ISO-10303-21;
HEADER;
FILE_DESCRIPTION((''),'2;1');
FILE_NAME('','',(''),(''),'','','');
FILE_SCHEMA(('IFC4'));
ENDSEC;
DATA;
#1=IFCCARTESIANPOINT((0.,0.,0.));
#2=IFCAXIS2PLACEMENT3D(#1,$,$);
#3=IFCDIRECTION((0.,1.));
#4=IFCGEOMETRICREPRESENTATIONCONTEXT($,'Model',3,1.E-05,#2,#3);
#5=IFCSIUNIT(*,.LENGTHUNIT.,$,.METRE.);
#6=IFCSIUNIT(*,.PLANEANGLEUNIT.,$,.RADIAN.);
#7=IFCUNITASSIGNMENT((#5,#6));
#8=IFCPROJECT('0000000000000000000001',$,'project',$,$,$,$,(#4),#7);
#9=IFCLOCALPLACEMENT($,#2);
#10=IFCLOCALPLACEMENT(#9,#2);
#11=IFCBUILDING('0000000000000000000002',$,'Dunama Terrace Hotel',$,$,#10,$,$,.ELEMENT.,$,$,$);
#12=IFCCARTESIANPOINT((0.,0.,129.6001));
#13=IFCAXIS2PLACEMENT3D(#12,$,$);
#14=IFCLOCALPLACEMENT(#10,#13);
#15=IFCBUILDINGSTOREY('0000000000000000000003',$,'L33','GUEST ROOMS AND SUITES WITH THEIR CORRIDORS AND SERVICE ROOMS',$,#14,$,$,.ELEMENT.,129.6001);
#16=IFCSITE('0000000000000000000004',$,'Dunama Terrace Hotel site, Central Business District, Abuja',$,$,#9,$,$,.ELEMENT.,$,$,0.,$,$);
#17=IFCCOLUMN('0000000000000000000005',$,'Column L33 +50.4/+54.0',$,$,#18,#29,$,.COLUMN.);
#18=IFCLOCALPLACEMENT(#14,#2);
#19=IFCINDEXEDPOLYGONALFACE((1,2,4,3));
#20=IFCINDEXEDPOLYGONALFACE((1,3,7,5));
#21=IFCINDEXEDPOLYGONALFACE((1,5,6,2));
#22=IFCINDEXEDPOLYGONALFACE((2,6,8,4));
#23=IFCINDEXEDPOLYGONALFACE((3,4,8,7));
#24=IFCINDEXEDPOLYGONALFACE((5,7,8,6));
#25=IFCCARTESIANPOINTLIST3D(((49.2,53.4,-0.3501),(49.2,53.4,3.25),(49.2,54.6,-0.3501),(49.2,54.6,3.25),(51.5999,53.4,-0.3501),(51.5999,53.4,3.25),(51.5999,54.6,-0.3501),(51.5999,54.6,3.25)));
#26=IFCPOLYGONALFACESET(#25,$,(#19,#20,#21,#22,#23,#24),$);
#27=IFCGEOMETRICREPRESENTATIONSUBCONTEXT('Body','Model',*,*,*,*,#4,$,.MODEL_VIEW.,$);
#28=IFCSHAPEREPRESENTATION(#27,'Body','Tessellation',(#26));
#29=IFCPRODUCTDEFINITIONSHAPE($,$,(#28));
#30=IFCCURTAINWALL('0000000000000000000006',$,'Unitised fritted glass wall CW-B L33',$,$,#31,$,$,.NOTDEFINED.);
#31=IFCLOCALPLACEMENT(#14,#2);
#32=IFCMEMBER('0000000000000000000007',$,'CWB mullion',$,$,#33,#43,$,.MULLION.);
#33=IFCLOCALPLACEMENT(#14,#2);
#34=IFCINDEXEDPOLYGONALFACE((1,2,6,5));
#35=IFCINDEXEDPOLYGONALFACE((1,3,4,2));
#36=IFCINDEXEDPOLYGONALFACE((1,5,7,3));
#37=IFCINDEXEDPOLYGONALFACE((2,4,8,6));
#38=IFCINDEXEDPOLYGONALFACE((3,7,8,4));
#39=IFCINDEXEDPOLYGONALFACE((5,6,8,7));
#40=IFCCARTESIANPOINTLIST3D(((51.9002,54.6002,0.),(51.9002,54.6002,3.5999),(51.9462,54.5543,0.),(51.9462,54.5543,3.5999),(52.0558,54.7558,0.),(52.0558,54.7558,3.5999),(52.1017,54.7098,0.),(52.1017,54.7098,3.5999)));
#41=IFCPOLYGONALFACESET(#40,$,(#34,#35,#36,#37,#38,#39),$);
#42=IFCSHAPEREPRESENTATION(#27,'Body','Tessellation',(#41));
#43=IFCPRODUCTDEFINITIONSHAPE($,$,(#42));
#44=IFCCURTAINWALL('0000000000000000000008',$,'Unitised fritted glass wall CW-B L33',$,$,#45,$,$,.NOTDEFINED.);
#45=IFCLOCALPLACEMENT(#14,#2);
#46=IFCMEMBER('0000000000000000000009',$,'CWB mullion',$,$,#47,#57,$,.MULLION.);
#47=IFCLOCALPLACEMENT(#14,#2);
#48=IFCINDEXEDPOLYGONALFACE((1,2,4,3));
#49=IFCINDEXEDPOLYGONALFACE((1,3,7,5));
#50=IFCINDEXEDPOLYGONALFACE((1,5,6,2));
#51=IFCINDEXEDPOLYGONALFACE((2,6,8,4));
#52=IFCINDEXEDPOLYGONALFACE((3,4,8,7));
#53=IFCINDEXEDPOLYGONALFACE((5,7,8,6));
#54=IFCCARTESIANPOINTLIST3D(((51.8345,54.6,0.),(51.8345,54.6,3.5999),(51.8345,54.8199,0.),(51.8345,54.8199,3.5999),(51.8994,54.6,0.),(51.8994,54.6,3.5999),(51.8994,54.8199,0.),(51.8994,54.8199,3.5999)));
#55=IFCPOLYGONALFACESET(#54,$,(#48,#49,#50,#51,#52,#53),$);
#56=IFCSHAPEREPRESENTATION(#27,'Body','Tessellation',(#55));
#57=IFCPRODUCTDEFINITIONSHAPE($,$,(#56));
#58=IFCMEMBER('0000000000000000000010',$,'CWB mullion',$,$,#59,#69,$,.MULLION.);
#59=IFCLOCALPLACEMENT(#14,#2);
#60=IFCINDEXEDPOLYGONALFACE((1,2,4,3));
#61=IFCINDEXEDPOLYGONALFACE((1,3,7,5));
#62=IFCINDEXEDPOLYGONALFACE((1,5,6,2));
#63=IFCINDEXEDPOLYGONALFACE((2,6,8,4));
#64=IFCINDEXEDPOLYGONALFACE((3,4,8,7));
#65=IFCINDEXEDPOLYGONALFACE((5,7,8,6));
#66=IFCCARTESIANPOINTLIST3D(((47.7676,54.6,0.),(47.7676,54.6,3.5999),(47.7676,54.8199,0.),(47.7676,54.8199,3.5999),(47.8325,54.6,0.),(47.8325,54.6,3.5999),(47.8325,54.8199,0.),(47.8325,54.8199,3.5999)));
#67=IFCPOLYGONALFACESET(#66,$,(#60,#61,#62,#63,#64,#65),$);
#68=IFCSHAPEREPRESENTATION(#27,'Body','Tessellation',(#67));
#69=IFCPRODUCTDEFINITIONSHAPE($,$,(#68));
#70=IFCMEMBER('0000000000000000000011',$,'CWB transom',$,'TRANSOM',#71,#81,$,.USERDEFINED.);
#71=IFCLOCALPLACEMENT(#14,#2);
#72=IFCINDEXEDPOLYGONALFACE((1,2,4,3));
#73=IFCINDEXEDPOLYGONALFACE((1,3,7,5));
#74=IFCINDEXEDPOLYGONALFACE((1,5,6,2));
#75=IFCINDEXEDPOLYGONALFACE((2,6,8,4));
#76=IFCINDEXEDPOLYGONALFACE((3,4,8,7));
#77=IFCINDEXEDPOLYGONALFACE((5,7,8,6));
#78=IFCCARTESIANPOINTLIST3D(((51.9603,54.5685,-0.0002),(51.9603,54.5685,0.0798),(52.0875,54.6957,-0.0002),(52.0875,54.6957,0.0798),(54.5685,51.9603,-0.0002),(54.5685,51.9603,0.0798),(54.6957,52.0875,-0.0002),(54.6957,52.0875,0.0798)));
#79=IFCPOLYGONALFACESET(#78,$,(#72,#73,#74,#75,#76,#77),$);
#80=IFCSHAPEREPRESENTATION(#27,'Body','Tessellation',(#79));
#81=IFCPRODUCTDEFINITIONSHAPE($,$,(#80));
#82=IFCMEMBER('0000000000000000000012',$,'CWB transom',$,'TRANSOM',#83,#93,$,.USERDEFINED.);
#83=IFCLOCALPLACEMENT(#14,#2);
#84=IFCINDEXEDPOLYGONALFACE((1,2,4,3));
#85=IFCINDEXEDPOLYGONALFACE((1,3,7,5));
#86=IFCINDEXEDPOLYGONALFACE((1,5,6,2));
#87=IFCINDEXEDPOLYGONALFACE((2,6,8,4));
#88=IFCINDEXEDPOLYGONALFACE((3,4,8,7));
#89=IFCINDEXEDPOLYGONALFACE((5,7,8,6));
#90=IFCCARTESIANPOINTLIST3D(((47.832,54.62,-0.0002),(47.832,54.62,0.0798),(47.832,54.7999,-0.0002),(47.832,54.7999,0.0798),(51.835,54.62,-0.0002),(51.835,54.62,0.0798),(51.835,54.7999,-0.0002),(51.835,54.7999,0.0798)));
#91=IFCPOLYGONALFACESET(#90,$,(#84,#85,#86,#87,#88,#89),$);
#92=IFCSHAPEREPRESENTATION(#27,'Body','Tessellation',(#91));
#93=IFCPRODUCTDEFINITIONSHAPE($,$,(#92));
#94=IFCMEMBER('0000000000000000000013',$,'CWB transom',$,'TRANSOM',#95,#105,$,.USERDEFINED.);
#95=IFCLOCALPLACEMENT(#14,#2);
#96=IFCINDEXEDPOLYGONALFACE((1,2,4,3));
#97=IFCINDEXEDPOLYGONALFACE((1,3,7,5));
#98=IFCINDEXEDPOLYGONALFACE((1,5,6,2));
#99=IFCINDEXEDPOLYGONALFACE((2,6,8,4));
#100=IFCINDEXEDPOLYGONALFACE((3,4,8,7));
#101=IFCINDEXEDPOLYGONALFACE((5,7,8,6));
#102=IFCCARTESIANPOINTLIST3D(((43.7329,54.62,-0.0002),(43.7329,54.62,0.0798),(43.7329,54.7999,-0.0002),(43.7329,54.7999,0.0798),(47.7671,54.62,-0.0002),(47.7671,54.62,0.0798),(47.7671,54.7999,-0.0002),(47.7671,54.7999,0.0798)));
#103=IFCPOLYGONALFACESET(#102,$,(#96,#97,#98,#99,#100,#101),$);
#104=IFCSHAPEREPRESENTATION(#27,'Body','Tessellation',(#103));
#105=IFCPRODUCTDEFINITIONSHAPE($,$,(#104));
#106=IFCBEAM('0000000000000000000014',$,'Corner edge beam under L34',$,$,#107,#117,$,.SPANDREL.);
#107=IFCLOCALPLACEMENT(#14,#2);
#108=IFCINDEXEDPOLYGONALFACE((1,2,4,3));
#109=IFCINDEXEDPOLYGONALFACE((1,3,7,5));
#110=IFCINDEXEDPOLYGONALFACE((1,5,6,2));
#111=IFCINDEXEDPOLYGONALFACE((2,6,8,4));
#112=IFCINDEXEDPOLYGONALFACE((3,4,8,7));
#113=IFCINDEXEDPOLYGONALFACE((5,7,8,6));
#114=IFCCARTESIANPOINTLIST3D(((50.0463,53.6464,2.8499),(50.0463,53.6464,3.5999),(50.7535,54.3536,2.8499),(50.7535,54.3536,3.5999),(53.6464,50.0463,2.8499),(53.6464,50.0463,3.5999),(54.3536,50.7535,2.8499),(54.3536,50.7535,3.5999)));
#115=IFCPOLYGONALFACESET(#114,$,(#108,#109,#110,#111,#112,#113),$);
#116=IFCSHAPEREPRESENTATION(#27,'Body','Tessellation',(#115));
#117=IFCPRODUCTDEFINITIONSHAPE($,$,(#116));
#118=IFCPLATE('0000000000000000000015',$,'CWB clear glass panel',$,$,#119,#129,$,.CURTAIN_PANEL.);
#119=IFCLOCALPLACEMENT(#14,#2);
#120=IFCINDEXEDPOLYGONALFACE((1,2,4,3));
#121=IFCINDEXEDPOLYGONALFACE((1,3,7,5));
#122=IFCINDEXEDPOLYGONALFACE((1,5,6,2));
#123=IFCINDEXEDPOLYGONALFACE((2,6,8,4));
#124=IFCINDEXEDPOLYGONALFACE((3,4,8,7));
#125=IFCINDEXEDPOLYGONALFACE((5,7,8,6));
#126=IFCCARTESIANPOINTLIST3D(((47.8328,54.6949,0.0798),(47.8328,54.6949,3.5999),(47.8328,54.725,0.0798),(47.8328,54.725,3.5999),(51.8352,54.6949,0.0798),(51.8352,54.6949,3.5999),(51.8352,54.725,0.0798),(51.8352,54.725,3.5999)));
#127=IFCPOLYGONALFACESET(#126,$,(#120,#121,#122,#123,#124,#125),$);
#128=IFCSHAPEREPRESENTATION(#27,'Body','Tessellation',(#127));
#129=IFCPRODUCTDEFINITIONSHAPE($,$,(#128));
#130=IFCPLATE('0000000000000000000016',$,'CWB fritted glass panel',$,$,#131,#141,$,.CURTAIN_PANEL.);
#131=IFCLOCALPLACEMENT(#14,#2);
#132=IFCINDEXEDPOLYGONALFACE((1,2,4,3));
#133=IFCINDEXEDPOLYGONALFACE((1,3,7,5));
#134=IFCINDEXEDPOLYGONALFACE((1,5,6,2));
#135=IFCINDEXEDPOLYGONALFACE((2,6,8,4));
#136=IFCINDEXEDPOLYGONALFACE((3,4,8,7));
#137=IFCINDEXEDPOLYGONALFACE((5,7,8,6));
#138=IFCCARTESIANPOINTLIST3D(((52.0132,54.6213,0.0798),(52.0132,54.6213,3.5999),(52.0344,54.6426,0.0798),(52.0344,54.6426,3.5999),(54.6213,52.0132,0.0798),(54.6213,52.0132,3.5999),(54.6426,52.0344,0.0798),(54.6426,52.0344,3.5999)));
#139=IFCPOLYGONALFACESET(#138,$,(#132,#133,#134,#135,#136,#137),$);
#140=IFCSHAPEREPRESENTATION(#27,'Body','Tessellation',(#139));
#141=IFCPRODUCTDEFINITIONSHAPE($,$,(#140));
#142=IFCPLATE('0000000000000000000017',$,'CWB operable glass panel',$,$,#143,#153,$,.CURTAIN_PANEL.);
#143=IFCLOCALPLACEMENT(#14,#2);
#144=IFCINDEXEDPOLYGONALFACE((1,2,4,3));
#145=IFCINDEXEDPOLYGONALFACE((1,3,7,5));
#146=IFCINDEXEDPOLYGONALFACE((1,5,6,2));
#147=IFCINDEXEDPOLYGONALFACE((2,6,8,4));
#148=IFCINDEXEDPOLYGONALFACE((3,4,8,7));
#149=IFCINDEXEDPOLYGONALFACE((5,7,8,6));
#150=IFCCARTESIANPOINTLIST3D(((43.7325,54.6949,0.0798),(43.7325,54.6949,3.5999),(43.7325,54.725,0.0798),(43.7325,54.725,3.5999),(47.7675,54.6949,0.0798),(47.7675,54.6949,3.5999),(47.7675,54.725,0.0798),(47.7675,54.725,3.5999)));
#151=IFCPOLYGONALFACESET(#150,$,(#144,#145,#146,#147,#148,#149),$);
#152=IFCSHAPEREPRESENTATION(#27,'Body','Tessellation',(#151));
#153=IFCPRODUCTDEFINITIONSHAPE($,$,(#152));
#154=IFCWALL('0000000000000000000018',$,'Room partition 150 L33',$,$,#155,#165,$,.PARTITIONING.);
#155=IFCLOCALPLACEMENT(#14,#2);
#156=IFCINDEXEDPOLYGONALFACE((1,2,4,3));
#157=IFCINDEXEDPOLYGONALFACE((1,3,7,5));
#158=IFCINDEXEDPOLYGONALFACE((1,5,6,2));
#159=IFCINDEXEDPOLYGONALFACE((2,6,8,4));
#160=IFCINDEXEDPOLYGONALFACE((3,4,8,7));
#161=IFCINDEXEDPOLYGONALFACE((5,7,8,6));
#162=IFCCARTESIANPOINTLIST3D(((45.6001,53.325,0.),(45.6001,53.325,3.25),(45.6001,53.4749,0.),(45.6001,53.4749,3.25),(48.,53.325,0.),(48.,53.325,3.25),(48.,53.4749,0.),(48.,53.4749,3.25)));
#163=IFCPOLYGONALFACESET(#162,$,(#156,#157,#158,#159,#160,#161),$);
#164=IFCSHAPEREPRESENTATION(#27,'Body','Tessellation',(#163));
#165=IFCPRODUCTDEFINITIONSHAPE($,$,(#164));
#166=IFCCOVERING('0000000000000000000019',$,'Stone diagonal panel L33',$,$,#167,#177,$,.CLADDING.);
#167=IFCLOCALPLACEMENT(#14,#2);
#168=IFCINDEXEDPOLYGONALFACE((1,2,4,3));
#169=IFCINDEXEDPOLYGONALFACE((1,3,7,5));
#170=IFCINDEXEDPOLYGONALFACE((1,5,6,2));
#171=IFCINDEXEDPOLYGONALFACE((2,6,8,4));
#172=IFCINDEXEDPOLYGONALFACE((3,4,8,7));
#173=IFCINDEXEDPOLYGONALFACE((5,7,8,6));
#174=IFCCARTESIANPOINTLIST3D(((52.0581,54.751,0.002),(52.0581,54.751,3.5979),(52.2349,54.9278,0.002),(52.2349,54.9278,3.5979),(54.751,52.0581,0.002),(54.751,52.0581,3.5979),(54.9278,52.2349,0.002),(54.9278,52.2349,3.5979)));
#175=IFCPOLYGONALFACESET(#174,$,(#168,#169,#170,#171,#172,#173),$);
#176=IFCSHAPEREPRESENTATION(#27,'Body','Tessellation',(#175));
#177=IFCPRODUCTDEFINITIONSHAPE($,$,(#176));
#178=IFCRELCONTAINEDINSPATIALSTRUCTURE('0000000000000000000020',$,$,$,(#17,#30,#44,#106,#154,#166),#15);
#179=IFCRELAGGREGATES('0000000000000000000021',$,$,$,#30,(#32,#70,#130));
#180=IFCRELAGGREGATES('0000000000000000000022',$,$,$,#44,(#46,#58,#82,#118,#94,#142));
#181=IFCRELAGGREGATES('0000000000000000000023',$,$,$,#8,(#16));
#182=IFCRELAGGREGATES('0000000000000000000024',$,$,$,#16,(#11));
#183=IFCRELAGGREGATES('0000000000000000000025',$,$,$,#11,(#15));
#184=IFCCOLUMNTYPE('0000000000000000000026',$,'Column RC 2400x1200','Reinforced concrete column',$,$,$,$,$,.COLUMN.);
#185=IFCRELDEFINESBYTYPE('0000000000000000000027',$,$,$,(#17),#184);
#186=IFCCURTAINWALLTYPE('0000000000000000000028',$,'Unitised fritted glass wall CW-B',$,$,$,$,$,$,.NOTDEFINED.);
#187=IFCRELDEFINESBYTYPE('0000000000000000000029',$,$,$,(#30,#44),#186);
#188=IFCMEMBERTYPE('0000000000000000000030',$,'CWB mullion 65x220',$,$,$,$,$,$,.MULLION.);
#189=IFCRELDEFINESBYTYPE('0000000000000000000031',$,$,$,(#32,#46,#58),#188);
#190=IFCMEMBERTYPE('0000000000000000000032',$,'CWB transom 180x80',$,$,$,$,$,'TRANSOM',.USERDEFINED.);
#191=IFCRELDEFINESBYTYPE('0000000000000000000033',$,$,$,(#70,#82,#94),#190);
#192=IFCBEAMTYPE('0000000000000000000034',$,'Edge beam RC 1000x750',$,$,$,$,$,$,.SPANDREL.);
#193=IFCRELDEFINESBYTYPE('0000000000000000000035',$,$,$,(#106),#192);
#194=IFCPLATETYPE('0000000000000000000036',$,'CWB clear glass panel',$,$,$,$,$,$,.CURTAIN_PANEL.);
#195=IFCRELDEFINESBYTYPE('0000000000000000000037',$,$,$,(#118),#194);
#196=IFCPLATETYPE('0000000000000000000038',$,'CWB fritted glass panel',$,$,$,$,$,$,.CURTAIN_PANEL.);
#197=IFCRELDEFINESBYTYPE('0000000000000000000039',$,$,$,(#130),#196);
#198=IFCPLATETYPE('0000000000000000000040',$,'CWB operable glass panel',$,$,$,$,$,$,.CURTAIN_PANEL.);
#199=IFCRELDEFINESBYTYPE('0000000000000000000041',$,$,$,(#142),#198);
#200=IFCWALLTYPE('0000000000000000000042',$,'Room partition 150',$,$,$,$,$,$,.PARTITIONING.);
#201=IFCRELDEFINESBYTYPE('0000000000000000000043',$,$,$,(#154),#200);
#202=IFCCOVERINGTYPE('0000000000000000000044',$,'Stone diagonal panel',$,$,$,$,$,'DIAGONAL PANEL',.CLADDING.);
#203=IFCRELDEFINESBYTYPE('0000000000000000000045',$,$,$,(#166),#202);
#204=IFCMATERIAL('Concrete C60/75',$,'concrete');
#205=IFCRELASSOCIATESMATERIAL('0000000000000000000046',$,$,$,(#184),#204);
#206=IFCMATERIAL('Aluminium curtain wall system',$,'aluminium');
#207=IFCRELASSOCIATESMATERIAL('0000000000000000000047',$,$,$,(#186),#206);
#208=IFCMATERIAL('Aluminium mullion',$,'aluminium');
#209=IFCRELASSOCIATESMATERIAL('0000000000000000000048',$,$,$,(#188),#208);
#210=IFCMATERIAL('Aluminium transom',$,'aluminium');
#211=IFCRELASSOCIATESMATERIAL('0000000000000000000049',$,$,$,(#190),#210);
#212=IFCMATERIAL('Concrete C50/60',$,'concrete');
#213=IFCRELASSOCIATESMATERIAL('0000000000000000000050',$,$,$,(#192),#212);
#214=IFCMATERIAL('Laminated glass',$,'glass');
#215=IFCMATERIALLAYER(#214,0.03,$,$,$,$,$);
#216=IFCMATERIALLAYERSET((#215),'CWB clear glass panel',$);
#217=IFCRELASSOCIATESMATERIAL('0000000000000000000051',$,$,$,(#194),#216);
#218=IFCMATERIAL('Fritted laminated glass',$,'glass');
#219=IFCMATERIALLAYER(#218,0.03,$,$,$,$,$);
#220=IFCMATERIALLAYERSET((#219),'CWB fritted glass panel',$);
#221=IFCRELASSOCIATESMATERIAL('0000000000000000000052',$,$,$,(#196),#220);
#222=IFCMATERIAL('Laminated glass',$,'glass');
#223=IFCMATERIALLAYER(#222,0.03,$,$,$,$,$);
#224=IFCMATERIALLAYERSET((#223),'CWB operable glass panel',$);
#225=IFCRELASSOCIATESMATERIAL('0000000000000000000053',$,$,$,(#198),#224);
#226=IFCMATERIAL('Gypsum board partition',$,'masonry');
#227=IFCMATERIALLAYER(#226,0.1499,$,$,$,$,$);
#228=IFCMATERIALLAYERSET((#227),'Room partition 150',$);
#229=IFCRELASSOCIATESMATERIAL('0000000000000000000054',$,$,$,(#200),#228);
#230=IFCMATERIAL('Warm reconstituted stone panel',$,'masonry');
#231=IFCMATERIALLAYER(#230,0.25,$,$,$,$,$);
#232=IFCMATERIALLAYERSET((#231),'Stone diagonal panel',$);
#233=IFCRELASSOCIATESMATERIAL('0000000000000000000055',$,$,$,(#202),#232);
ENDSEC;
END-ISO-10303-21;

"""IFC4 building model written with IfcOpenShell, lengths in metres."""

from ifc_helpers import new_model, si_unit, direction, frame, frame_2d, origin, origin_2d, place, context, subcontext, project, spatial, rectangle, extrude, material, layer, layer_set, material_profile, profile_set, type_object, element, aggregate, save


model = new_model("IFC4")

# Units and contexts
model_context = context("Model", 3, precision=1e-05, world=origin(), true_north=direction((0.0, 1.0)))
body_context = subcontext(model_context, "Body", "Model", "MODEL_VIEW")
ifc_project = project(units=[si_unit("LENGTHUNIT", "METRE"), si_unit("PLANEANGLEUNIT", "RADIAN")], contexts=[model_context])

# Site, building, storey
site_placement = place(None, origin())
site = spatial("IfcSite", under=ifc_project, at=site_placement, Name="Dunama Terrace Hotel site, Central Business District, Abuja", CompositionType="ELEMENT", RefElevation=0.0)
building_placement = place(site_placement, origin())
building = spatial("IfcBuilding", under=site, at=building_placement, Name="Dunama Terrace Hotel", CompositionType="ELEMENT")
storey_placement = place(building_placement, frame((0.0, 0.0, 129.6001)))
storey = spatial("IfcBuildingStorey", under=building, at=storey_placement, Name="L33", Description="GUEST ROOMS AND SUITES WITH THEIR CORRIDORS AND SERVICE ROOMS", CompositionType="ELEMENT", Elevation=129.6001)

# Column
ifc_material_1 = material(Name="Concrete C60/75", Category="concrete")
ifc_material_profile_1 = material_profile(ifc_material_1, rectangle(XDim=2.3999, YDim=1.2, at=origin_2d()), Name="RC 2400x1200")
ifc_profile_set_1 = profile_set([ifc_material_profile_1], Name="Concrete C60/75")
column_type = type_object("IfcColumnType", Name="Column RC 2400x1200", Description="Reinforced concrete column", PredefinedType="COLUMN", material=ifc_profile_set_1)
column_placement = place(storey_placement, frame((50.3999, 54.0, -0.3501), z_axis=(0.0, 0.0, 1.0), x_axis=(1.0, 0.0, 0.0)))
element("IfcColumn", 1, at=column_placement, inside=storey, type_object=column_type, Name="Column L33 +50.4/+54.0", PredefinedType="COLUMN", context=body_context, shape_type="SweptSolid", body=[
    extrude(rectangle(XDim=2.3999, YDim=1.2, at=origin_2d()), origin(), (0.0, 0.0, 1.0), 3.6001),
])

# Curtain wall, member
ifc_material_2 = material(Name="Aluminium curtain wall system", Category="aluminium")
curtain_wall_type = type_object("IfcCurtainWallType", Name="Unitised fritted glass wall CW-B", PredefinedType="NOTDEFINED", material=ifc_material_2)
curtain_wall_1_placement = place(storey_placement, origin())
curtain_wall_1 = element("IfcCurtainWall", 2, at=curtain_wall_1_placement, inside=storey, type_object=curtain_wall_type, Name="Unitised fritted glass wall CW-B L33", PredefinedType="NOTDEFINED")
ifc_material_3 = material(Name="Aluminium mullion", Category="aluminium")
ifc_material_profile_2 = material_profile(ifc_material_3, rectangle(XDim=0.0649, YDim=0.22, at=origin_2d()), Name="CWB MULLION 65X220")
ifc_profile_set_2 = profile_set([ifc_material_profile_2], Name="Aluminium mullion")
member_type_1 = type_object("IfcMemberType", Name="CWB mullion 65x220", PredefinedType="MULLION", material=ifc_profile_set_2)
member_1_placement = place(storey_placement, frame((52.001, 54.655, 0.0), z_axis=(0.0, 0.0, 1.0), x_axis=(-0.707107, 0.707107, 0.0)))
member_1 = element("IfcMember", 3, at=member_1_placement, type_object=member_type_1, Name="CWB mullion", PredefinedType="MULLION", context=body_context, shape_type="SweptSolid", body=[
    extrude(rectangle(XDim=0.0649, YDim=0.22, at=origin_2d()), origin(), (0.0, 0.0, 1.0), 3.5999),
])

# Curtain wall, members
curtain_wall_2_placement = place(storey_placement, origin())
curtain_wall_2 = element("IfcCurtainWall", 4, at=curtain_wall_2_placement, inside=storey, type_object=curtain_wall_type, Name="Unitised fritted glass wall CW-B L33", PredefinedType="NOTDEFINED")
member_2_placement = place(storey_placement, frame((51.8669, 54.71, 0.0), z_axis=(0.0, 0.0, 1.0), x_axis=(-1.0, 0.0, 0.0)))
member_2 = element("IfcMember", 5, at=member_2_placement, type_object=member_type_1, Name="CWB mullion", PredefinedType="MULLION", context=body_context, shape_type="SweptSolid", body=[
    extrude(rectangle(XDim=0.0649, YDim=0.22, at=origin_2d()), origin(), (0.0, 0.0, 1.0), 3.5999),
])
member_3_placement = place(storey_placement, frame((47.8, 54.71, 0.0), z_axis=(0.0, 0.0, 1.0), x_axis=(-1.0, 0.0, 0.0)))
member_3 = element("IfcMember", 6, at=member_3_placement, type_object=member_type_1, Name="CWB mullion", PredefinedType="MULLION", context=body_context, shape_type="SweptSolid", body=[
    extrude(rectangle(XDim=0.0649, YDim=0.22, at=origin_2d()), origin(), (0.0, 0.0, 1.0), 3.5999),
])

# Members
ifc_material_4 = material(Name="Aluminium transom", Category="aluminium")
ifc_material_profile_3 = material_profile(ifc_material_4, rectangle(XDim=0.1799, YDim=0.0801, at=origin_2d()), Name="CWB TRANSOM 180X80")
ifc_profile_set_3 = profile_set([ifc_material_profile_3], Name="Aluminium transom")
member_type_2 = type_object("IfcMemberType", Name="CWB transom 180x80", ElementType="TRANSOM", PredefinedType="USERDEFINED", material=ifc_profile_set_3)
member_4_placement = place(storey_placement, frame((54.6321, 52.0239, 0.0398), z_axis=(-0.707107, 0.707107, 0.0), x_axis=(-0.707107, -0.707107, 0.0)))
member_4 = element("IfcMember", 7, at=member_4_placement, type_object=member_type_2, Name="CWB transom", ObjectType="TRANSOM", PredefinedType="USERDEFINED", context=body_context, shape_type="SweptSolid", body=[
    extrude(rectangle(XDim=0.1799, YDim=0.0801, at=origin_2d()), origin(), (0.0, 0.0, 1.0), 3.6885),
])
member_5_placement = place(storey_placement, frame((51.835, 54.71, 0.0398), z_axis=(-1.0, 0.0, 0.0), x_axis=(0.0, -1.0, 0.0)))
member_5 = element("IfcMember", 8, at=member_5_placement, type_object=member_type_2, Name="CWB transom", ObjectType="TRANSOM", PredefinedType="USERDEFINED", context=body_context, shape_type="SweptSolid", body=[
    extrude(rectangle(XDim=0.1799, YDim=0.0801, at=origin_2d()), origin(), (0.0, 0.0, 1.0), 4.0029),
])
member_6_placement = place(storey_placement, frame((47.7671, 54.71, 0.0398), z_axis=(-1.0, 0.0, 0.0), x_axis=(0.0, -1.0, 0.0)))
member_6 = element("IfcMember", 9, at=member_6_placement, type_object=member_type_2, Name="CWB transom", ObjectType="TRANSOM", PredefinedType="USERDEFINED", context=body_context, shape_type="SweptSolid", body=[
    extrude(rectangle(XDim=0.1799, YDim=0.0801, at=origin_2d()), origin(), (0.0, 0.0, 1.0), 4.0342),
])

# Beam
ifc_material_5 = material(Name="Concrete C50/60", Category="concrete")
ifc_material_profile_4 = material_profile(ifc_material_5, rectangle(XDim=1.0, YDim=0.75, at=origin_2d()), Name="RC 1000x750")
ifc_profile_set_4 = profile_set([ifc_material_profile_4], Name="Concrete C50/60")
beam_type = type_object("IfcBeamType", Name="Edge beam RC 1000x750", PredefinedType="SPANDREL", material=ifc_profile_set_4)
beam_placement = place(storey_placement, frame((50.3999, 54.0, 3.2249), z_axis=(0.707107, -0.707107, 0.0), x_axis=(0.707107, 0.707107, 0.0)))
element("IfcBeam", 10, at=beam_placement, inside=storey, type_object=beam_type, Name="Corner edge beam under L34", PredefinedType="SPANDREL", context=body_context, shape_type="SweptSolid", body=[
    extrude(rectangle(XDim=1.0, YDim=0.75, at=origin_2d()), origin(), (0.0, 0.0, 1.0), 5.0913),
])

# Plates
ifc_material_6 = material(Name="Laminated glass", Category="glass")
ifc_layer_1 = layer(ifc_material_6, 0.03)
ifc_layer_set_1 = layer_set([ifc_layer_1], Name="CWB clear glass panel")
plate_type_1 = type_object("IfcPlateType", Name="CWB clear glass panel", PredefinedType="CURTAIN_PANEL", material=ifc_layer_set_1)
plate_1_placement = place(storey_placement, frame((49.834, 54.71, 0.0798), z_axis=(0.0, 0.0, 1.0), x_axis=(-1.0, 0.0, 0.0)))
plate_1 = element("IfcPlate", 11, at=plate_1_placement, type_object=plate_type_1, Name="CWB clear glass panel", PredefinedType="CURTAIN_PANEL", context=body_context, shape_type="SweptSolid", body=[
    extrude(rectangle(XDim=4.0024, YDim=0.03, at=origin_2d()), origin(), (0.0, 0.0, 1.0), 3.52),
])
ifc_material_7 = material(Name="Fritted laminated glass", Category="glass")
ifc_layer_2 = layer(ifc_material_7, 0.03)
ifc_layer_set_2 = layer_set([ifc_layer_2], Name="CWB fritted glass panel")
plate_type_2 = type_object("IfcPlateType", Name="CWB fritted glass panel", PredefinedType="CURTAIN_PANEL", material=ifc_layer_set_2)
plate_2_placement = place(storey_placement, frame((53.3279, 53.3279, 0.0798), z_axis=(0.0, 0.0, 1.0), x_axis=(-0.707107, 0.707107, 0.0)))
plate_2 = element("IfcPlate", 12, at=plate_2_placement, type_object=plate_type_2, Name="CWB fritted glass panel", PredefinedType="CURTAIN_PANEL", context=body_context, shape_type="SweptSolid", body=[
    extrude(rectangle(XDim=3.6885, YDim=0.03, at=origin_2d()), origin(), (0.0, 0.0, 1.0), 3.52),
])
aggregate(curtain_wall_1, [member_1, member_4, plate_2])
ifc_material_8 = material(Name="Laminated glass", Category="glass")
ifc_layer_3 = layer(ifc_material_8, 0.03)
ifc_layer_set_3 = layer_set([ifc_layer_3], Name="CWB operable glass panel")
plate_type_3 = type_object("IfcPlateType", Name="CWB operable glass panel", PredefinedType="CURTAIN_PANEL", material=ifc_layer_set_3)
plate_3_placement = place(storey_placement, frame((45.75, 54.71, 0.0798), z_axis=(0.0, 0.0, 1.0), x_axis=(-1.0, 0.0, 0.0)))
plate_3 = element("IfcPlate", 13, at=plate_3_placement, type_object=plate_type_3, Name="CWB operable glass panel", PredefinedType="CURTAIN_PANEL", context=body_context, shape_type="SweptSolid", body=[
    extrude(rectangle(XDim=4.0349, YDim=0.03, at=origin_2d()), origin(), (0.0, 0.0, 1.0), 3.52),
])
aggregate(curtain_wall_2, [member_2, member_3, member_5, plate_1, member_6, plate_3])

# Wall
ifc_material_9 = material(Name="Gypsum board partition", Category="masonry")
ifc_layer_4 = layer(ifc_material_9, 0.1499)
ifc_layer_set_4 = layer_set([ifc_layer_4], Name="Room partition 150")
wall_type = type_object("IfcWallType", Name="Room partition 150", PredefinedType="PARTITIONING", material=ifc_layer_set_4)
wall_placement = place(storey_placement, frame((45.6001, 53.3999, 0.0), z_axis=(0.0, 0.0, 1.0), x_axis=(1.0, 0.0, 0.0)))
element("IfcWall", 14, at=wall_placement, inside=storey, type_object=wall_type, Name="Room partition 150 L33", PredefinedType="PARTITIONING", context=body_context, shape_type="SweptSolid", body=[
    extrude(rectangle(XDim=2.3999, YDim=0.1499, at=frame_2d((1.2, 0.0))), origin(), (0.0, 0.0, 1.0), 3.25),
])

# Covering
ifc_material_10 = material(Name="Warm reconstituted stone panel", Category="masonry")
ifc_layer_5 = layer(ifc_material_10, 0.25)
ifc_layer_set_5 = layer_set([ifc_layer_5], Name="Stone diagonal panel")
covering_type = type_object("IfcCoveringType", Name="Stone diagonal panel", ElementType="DIAGONAL PANEL", PredefinedType="CLADDING", material=ifc_layer_set_5)
covering_1_placement = place(storey_placement, frame((53.4929, 53.4929, 0.002), z_axis=(0.0, 0.0, 1.0), x_axis=(-0.707107, 0.707107, 0.0)))
element("IfcCovering", 15, at=covering_1_placement, inside=storey, type_object=covering_type, Name="Stone diagonal panel L33", PredefinedType="CLADDING", context=body_context, shape_type="SweptSolid", body=[
    extrude(rectangle(XDim=3.8083, YDim=0.25, at=origin_2d()), origin(), (0.0, 0.0, 1.0), 3.5959),
])

save(model, "model.ifc")
